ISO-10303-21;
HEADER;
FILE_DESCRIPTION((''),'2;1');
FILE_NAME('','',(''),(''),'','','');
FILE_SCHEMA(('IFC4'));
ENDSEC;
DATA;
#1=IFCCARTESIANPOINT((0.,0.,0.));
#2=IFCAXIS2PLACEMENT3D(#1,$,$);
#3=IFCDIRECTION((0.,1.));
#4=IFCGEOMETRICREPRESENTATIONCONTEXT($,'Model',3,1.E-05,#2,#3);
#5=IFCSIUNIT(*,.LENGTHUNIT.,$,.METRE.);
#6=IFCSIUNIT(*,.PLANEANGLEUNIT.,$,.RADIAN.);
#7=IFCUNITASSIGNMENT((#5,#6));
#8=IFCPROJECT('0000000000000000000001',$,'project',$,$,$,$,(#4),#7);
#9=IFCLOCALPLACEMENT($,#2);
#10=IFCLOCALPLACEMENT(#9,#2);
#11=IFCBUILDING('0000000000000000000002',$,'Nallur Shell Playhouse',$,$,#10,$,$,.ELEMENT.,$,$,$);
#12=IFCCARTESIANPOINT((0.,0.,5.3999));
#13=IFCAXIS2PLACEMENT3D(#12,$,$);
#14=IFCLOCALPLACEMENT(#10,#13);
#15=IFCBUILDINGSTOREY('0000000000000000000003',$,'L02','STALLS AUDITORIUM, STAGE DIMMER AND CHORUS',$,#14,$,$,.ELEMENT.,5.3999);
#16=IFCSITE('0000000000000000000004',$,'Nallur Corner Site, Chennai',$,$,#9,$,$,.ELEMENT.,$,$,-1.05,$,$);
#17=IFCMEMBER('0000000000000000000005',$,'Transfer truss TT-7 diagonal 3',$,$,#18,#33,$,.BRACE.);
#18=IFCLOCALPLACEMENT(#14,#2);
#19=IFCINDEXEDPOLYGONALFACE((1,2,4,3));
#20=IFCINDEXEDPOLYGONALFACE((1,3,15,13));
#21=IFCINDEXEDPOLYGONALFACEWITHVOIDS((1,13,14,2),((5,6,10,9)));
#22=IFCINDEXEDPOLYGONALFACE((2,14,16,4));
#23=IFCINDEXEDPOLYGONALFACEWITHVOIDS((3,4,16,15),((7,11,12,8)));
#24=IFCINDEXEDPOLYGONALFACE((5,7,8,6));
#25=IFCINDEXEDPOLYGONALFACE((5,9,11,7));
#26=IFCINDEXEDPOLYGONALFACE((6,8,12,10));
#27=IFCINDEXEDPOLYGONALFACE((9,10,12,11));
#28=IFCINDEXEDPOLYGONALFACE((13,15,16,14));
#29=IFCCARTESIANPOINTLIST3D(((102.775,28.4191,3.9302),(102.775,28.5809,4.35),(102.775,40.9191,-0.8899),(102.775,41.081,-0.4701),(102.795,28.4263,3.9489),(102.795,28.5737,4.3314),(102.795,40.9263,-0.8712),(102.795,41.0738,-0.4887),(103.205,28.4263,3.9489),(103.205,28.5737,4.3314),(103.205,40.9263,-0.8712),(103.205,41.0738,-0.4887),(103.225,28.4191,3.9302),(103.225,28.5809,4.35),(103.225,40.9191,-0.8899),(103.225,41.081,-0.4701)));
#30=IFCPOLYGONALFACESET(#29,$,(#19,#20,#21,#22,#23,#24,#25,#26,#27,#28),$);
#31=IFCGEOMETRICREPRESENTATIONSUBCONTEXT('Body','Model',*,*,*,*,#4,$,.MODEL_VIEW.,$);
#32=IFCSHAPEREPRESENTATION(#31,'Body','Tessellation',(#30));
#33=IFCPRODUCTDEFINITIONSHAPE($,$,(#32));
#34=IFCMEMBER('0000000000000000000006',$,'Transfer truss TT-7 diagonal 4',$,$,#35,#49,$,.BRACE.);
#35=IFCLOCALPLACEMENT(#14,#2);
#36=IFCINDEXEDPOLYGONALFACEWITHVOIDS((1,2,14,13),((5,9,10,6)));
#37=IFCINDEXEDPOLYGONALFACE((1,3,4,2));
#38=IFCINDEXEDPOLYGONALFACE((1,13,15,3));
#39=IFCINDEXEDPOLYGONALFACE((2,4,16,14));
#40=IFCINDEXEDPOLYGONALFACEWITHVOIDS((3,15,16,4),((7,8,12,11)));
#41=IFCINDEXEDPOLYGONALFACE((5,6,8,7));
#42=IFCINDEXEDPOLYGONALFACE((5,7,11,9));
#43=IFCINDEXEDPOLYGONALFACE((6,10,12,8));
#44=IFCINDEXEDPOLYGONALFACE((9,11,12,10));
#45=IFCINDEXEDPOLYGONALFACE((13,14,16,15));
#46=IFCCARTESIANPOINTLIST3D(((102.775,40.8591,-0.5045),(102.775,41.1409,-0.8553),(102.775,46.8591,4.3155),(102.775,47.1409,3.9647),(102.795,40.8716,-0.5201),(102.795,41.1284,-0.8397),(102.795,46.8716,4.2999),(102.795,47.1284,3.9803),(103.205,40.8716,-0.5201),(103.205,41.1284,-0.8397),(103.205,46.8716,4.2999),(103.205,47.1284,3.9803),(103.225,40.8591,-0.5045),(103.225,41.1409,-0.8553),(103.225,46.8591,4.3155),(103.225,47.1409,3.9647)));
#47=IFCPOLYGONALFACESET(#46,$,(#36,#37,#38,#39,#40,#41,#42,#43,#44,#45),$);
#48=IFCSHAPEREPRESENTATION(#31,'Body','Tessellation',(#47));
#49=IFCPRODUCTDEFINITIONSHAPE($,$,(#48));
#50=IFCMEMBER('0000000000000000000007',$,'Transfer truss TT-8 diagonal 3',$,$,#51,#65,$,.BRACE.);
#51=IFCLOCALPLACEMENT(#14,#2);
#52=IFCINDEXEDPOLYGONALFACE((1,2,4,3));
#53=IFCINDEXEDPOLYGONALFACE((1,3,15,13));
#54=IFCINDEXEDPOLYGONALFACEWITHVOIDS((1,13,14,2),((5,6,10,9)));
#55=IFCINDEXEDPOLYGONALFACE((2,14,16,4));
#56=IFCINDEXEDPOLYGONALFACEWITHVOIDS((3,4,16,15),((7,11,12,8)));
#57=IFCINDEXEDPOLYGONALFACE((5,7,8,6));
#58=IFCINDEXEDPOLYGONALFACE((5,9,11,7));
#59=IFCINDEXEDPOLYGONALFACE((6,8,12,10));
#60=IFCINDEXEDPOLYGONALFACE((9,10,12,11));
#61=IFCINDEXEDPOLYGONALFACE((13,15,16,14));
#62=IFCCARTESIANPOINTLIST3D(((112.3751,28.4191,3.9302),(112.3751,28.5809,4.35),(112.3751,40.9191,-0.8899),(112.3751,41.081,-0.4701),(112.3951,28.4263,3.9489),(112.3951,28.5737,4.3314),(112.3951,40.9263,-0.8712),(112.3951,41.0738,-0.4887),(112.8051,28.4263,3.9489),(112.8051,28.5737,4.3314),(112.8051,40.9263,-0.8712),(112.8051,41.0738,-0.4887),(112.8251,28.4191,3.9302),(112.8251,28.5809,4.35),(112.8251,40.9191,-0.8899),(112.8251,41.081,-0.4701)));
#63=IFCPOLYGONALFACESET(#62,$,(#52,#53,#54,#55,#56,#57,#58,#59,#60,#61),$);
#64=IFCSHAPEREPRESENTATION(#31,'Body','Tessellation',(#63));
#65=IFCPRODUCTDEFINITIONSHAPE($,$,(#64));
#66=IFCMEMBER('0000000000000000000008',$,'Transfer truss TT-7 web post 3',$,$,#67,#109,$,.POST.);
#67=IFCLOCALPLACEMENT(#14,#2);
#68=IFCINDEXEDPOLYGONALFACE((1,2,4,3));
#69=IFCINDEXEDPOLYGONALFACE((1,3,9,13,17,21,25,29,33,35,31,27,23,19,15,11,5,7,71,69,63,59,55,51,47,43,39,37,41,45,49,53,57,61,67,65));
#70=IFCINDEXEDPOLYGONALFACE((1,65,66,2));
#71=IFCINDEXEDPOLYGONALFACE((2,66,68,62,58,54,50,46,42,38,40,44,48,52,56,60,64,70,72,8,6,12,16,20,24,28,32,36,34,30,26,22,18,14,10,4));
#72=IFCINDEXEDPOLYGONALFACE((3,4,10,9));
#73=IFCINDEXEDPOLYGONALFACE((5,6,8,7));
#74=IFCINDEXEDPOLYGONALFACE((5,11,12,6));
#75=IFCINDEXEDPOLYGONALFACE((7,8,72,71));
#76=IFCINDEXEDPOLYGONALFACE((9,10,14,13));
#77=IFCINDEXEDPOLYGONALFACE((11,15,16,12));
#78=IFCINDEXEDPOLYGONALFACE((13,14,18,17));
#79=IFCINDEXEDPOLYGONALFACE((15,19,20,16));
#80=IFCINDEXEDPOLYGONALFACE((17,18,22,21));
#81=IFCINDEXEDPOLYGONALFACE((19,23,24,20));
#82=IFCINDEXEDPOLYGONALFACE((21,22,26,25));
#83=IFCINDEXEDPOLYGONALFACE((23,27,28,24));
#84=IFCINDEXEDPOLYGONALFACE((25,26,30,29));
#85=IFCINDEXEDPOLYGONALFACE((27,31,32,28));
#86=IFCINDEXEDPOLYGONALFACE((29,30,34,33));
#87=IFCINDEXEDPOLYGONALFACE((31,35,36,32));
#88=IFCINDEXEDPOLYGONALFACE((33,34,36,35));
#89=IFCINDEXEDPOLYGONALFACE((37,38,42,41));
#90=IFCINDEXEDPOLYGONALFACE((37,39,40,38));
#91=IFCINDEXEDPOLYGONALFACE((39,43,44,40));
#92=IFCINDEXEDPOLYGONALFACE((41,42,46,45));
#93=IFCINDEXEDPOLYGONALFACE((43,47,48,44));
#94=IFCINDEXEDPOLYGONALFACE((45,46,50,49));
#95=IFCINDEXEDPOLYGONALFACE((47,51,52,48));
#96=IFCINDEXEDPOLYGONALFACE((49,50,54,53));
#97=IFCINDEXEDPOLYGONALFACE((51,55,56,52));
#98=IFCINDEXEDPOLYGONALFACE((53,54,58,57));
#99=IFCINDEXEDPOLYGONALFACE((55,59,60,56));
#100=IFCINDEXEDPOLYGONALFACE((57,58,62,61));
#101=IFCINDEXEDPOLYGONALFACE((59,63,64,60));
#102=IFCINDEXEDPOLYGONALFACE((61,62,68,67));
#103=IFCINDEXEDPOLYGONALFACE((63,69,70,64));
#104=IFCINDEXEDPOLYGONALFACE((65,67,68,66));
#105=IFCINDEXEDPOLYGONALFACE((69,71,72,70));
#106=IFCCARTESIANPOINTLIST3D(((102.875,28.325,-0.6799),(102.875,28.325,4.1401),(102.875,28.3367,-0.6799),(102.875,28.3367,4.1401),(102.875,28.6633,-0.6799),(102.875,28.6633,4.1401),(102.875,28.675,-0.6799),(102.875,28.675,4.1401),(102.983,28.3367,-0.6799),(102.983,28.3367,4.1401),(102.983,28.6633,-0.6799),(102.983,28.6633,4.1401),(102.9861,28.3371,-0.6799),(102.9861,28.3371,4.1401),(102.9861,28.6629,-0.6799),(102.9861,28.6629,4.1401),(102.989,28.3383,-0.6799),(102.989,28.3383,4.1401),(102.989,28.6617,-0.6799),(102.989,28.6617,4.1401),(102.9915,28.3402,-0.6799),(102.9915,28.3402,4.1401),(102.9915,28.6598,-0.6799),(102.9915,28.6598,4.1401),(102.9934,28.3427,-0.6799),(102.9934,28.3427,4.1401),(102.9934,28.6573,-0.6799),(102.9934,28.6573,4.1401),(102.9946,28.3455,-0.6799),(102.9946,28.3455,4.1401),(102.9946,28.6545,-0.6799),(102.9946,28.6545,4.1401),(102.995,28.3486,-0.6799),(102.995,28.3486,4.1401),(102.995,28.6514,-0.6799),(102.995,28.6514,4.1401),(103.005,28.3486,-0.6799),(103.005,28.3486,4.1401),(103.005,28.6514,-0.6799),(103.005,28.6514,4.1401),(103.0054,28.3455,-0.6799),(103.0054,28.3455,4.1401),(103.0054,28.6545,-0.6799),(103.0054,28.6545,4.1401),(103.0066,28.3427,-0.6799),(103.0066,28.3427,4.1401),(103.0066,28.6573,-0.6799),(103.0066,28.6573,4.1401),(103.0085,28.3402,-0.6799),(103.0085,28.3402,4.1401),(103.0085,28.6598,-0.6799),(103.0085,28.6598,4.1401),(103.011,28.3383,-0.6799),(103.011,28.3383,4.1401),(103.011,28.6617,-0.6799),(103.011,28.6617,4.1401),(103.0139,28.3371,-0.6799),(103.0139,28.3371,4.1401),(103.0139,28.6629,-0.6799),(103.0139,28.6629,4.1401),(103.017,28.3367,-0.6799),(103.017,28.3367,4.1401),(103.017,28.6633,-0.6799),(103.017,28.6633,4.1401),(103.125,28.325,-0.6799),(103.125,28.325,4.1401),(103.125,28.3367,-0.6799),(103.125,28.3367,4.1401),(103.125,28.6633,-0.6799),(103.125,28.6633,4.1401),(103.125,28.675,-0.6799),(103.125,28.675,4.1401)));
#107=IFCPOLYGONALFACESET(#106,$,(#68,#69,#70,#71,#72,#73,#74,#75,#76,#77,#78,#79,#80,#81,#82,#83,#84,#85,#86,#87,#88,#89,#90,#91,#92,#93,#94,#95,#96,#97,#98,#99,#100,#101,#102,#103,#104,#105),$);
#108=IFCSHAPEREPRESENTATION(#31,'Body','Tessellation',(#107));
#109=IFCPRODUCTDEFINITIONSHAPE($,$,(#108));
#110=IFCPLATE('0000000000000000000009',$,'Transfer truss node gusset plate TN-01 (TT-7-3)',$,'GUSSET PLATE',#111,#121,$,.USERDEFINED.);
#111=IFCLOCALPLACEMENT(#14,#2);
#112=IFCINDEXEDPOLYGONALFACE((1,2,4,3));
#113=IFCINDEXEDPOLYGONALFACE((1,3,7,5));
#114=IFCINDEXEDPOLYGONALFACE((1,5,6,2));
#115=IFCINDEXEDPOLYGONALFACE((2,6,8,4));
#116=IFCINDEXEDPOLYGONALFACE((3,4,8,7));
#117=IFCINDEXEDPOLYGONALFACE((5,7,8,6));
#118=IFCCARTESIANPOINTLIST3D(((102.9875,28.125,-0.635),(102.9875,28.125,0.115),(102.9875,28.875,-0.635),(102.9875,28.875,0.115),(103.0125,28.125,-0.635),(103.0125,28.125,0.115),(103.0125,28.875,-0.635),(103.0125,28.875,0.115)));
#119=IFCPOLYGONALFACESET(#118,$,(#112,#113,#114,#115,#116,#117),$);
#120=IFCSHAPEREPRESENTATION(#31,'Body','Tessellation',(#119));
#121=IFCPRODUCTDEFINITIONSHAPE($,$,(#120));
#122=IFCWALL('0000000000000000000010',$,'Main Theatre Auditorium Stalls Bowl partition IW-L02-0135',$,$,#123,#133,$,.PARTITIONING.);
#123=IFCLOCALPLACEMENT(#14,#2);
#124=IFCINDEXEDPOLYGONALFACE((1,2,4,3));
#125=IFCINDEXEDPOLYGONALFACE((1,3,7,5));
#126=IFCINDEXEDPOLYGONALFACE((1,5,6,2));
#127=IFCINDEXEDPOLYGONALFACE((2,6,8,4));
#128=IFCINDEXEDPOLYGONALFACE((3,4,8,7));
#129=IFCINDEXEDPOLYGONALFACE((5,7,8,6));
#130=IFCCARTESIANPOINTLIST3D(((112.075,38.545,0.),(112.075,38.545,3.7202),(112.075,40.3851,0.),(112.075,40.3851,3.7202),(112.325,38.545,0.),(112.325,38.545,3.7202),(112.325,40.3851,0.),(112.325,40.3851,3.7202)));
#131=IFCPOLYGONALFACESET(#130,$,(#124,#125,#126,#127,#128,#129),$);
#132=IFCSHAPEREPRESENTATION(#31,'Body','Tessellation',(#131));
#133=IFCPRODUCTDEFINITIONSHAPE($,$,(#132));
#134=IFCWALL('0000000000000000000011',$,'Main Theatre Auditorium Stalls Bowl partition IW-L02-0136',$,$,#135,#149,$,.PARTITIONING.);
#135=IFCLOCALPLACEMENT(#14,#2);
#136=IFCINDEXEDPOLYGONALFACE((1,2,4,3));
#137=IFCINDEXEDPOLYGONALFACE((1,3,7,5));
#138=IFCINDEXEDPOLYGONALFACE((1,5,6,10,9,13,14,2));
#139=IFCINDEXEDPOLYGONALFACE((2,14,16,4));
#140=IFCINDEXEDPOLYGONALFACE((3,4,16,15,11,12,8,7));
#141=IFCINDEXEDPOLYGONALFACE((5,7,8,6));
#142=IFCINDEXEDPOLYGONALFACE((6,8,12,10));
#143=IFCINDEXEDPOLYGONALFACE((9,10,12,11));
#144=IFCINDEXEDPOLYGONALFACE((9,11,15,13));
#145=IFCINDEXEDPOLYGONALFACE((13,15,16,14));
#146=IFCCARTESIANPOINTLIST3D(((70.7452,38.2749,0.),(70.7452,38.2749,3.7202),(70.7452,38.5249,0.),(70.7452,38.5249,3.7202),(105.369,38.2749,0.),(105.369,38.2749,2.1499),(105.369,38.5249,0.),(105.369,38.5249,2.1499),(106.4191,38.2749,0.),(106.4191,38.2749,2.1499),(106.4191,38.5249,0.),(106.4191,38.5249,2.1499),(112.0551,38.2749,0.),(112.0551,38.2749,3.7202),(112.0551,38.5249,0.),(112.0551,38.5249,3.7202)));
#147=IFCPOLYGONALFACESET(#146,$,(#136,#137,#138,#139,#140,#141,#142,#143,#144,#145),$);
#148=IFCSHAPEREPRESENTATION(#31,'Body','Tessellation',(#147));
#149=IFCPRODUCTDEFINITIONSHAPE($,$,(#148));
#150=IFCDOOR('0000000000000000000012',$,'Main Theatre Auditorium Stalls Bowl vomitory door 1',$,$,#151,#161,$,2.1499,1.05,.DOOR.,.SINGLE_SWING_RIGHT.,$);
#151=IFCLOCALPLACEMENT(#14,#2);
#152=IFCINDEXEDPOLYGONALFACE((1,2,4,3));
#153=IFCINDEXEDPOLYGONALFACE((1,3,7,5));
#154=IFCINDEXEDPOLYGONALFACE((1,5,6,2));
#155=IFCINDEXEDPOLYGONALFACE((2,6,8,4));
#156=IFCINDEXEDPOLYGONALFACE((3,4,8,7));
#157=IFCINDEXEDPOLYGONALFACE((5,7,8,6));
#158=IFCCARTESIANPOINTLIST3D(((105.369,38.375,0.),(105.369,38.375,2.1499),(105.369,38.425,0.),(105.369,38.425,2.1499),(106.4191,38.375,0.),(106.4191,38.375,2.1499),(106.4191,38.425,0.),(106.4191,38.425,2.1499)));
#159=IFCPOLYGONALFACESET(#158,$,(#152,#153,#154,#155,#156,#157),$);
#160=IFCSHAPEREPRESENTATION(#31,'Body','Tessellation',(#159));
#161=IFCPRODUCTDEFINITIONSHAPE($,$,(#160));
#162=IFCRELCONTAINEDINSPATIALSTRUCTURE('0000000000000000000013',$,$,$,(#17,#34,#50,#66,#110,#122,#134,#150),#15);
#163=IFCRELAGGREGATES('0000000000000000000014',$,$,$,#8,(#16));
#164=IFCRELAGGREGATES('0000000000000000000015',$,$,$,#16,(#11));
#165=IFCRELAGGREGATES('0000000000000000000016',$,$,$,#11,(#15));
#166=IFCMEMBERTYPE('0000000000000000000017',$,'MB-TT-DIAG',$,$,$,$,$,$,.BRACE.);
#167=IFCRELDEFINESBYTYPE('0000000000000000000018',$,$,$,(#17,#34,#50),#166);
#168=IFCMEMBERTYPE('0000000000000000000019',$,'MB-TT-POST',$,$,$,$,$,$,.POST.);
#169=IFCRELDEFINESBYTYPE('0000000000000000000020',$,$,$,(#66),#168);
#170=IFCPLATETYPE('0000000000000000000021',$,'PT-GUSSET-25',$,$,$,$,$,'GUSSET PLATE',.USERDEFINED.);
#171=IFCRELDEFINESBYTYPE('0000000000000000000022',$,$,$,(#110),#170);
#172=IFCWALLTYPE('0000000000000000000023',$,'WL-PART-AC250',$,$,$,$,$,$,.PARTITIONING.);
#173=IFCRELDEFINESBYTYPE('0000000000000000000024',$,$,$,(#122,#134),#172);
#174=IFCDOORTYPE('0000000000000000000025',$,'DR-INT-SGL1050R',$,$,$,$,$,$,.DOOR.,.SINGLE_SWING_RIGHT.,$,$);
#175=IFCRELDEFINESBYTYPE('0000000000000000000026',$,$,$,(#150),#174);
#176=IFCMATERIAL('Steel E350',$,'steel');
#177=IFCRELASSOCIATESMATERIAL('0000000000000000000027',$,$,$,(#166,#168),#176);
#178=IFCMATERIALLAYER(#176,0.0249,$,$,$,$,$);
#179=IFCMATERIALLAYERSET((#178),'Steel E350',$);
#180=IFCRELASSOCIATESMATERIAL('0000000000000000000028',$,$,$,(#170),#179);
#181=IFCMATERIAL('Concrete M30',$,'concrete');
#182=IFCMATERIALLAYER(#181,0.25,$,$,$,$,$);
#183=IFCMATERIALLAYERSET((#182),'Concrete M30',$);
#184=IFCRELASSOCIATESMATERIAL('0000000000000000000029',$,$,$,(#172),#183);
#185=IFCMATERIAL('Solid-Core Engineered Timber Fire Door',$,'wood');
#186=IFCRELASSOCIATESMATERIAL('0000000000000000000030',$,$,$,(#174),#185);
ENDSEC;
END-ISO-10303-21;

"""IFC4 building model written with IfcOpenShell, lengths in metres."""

from ifc_helpers import new_model, si_unit, direction, frame, frame_2d, origin, origin_2d, place, context, subcontext, project, spatial, rectangle, hollow_rectangle, i_section, extrude, material, layer, layer_set, material_profile, profile_set, type_object, element, fill, save


model = new_model("IFC4")

# Units and contexts
model_context = context("Model", 3, precision=1e-05, world=origin(), true_north=direction((0.0, 1.0)))
body_context = subcontext(model_context, "Body", "Model", "MODEL_VIEW")
ifc_project = project(units=[si_unit("LENGTHUNIT", "METRE"), si_unit("PLANEANGLEUNIT", "RADIAN")], contexts=[model_context])

# Site, building, storey
site_placement = place(None, origin())
site = spatial("IfcSite", under=ifc_project, at=site_placement, Name="Nallur Corner Site, Chennai", CompositionType="ELEMENT", RefElevation=-1.05)
building_placement = place(site_placement, origin())
building = spatial("IfcBuilding", under=site, at=building_placement, Name="Nallur Shell Playhouse", CompositionType="ELEMENT")
storey_placement = place(building_placement, frame((0.0, 0.0, 5.3999)))
storey = spatial("IfcBuildingStorey", under=building, at=storey_placement, Name="L02", Description="STALLS AUDITORIUM, STAGE DIMMER AND CHORUS", CompositionType="ELEMENT", Elevation=5.3999)

# Shared definitions
ifc_material_1 = material(Name="Steel E350", Category="steel")

# Members
ifc_material_profile_1 = material_profile(ifc_material_1, hollow_rectangle(XDim=0.45, YDim=0.45, WallThickness=0.02, at=origin_2d()), Name="BOX 450x450x20")
ifc_profile_set_1 = profile_set([ifc_material_profile_1], Name="Steel E350")
member_type_1 = type_object("IfcMemberType", Name="MB-TT-DIAG", PredefinedType="BRACE", material=ifc_profile_set_1)
member_1_placement = place(storey_placement, frame((103.0, 28.5, 4.1401), z_axis=(0.0, 0.933036, -0.359784), x_axis=(-1.0, 0.0, 0.0)))
element("IfcMember", 1, at=member_1_placement, inside=storey, type_object=member_type_1, Name="Transfer truss TT-7 diagonal 3", PredefinedType="BRACE", context=body_context, shape_type="SweptSolid", body=[
    extrude(hollow_rectangle(XDim=0.45, YDim=0.45, WallThickness=0.02, at=origin_2d()), origin(), (0.0, 0.0, 1.0), 13.3972),
])
member_2_placement = place(storey_placement, frame((103.0, 41.0, -0.6799), z_axis=(0.0, 0.779595, 0.626284), x_axis=(-1.0, 0.0, 0.0)))
element("IfcMember", 2, at=member_2_placement, inside=storey, type_object=member_type_1, Name="Transfer truss TT-7 diagonal 4", PredefinedType="BRACE", context=body_context, shape_type="SweptSolid", body=[
    extrude(hollow_rectangle(XDim=0.45, YDim=0.45, WallThickness=0.02, at=origin_2d()), origin(), (0.0, 0.0, 1.0), 7.6963),
])
member_3_placement = place(storey_placement, frame((112.6001, 28.5, 4.1401), z_axis=(0.0, 0.933036, -0.359784), x_axis=(-1.0, 0.0, 0.0)))
element("IfcMember", 3, at=member_3_placement, inside=storey, type_object=member_type_1, Name="Transfer truss TT-8 diagonal 3", PredefinedType="BRACE", context=body_context, shape_type="SweptSolid", body=[
    extrude(hollow_rectangle(XDim=0.45, YDim=0.45, WallThickness=0.02, at=origin_2d()), origin(), (0.0, 0.0, 1.0), 13.3972),
])
ifc_material_profile_2 = material_profile(ifc_material_1, i_section(OverallWidth=0.25, OverallDepth=0.3501, WebThickness=0.01, FlangeThickness=0.0117, FilletRadius=0.012, at=origin_2d()), Name="ISHB 350")
ifc_profile_set_2 = profile_set([ifc_material_profile_2], Name="Steel E350")
member_type_2 = type_object("IfcMemberType", Name="MB-TT-POST", PredefinedType="POST", material=ifc_profile_set_2)
member_4_placement = place(storey_placement, frame((103.0, 28.5, -0.6799), z_axis=(0.0, 0.0, 1.0), x_axis=(1.0, 0.0, 0.0)))
element("IfcMember", 4, at=member_4_placement, inside=storey, type_object=member_type_2, Name="Transfer truss TT-7 web post 3", PredefinedType="POST", context=body_context, shape_type="SweptSolid", body=[
    extrude(i_section(OverallWidth=0.25, OverallDepth=0.3501, WebThickness=0.01, FlangeThickness=0.0117, FilletRadius=0.012, at=origin_2d()), origin(), (0.0, 0.0, 1.0), 4.8201),
])

# Plate
ifc_layer_1 = layer(ifc_material_1, 0.0249)
ifc_layer_set_1 = layer_set([ifc_layer_1], Name="Steel E350")
plate_type = type_object("IfcPlateType", Name="PT-GUSSET-25", ElementType="GUSSET PLATE", PredefinedType="USERDEFINED", material=ifc_layer_set_1)
plate_placement = place(storey_placement, frame((103.0, 28.5, -0.635), z_axis=(0.0, 0.0, 1.0), x_axis=(1.0, 0.0, 0.0)))
element("IfcPlate", 5, at=plate_placement, inside=storey, type_object=plate_type, Name="Transfer truss node gusset plate TN-01 (TT-7-3)", ObjectType="GUSSET PLATE", PredefinedType="USERDEFINED", context=body_context, shape_type="SweptSolid", body=[
    extrude(rectangle(XDim=0.0249, YDim=0.75, at=origin_2d()), origin(), (0.0, 0.0, 1.0), 0.75),
])

# Wall
ifc_material_2 = material(Name="Concrete M30", Category="concrete")
ifc_layer_2 = layer(ifc_material_2, 0.25)
ifc_layer_set_2 = layer_set([ifc_layer_2], Name="Concrete M30")
wall_type = type_object("IfcWallType", Name="WL-PART-AC250", PredefinedType="PARTITIONING", material=ifc_layer_set_2)
wall_1_placement = place(storey_placement, frame((112.2, 40.385, 0.0), z_axis=(0.0, 0.0, 1.0), x_axis=(0.0, -1.0, 0.0)))
element("IfcWall", 6, at=wall_1_placement, inside=storey, type_object=wall_type, Name="Main Theatre Auditorium Stalls Bowl partition IW-L02-0135", PredefinedType="PARTITIONING", context=body_context, shape_type="SweptSolid", body=[
    extrude(rectangle(XDim=1.8401, YDim=0.25, at=frame_2d((0.9199, 0.0))), origin(), (0.0, 0.0, 1.0), 3.7202),
])

# Wall, opening, door
wall_2_placement = place(storey_placement, frame((112.0549, 38.3999, 0.0), z_axis=(0.0, 0.0, 1.0), x_axis=(-1.0, 0.0, 0.0)))
wall_2 = element("IfcWall", 7, at=wall_2_placement, inside=storey, type_object=wall_type, Name="Main Theatre Auditorium Stalls Bowl partition IW-L02-0136", PredefinedType="PARTITIONING", context=body_context, shape_type="SweptSolid", body=[
    extrude(rectangle(XDim=41.3098, YDim=0.25, at=frame_2d((20.6548, 0.0))), origin(), (0.0, 0.0, 1.0), 3.7202),
])
opening_placement = place(wall_2_placement, frame((5.636, 0.0, 0.0)))
opening = element("IfcOpeningElement", 8, at=opening_placement, cuts=wall_2, PredefinedType="OPENING", context=body_context, shape_type="SweptSolid", body=[
    extrude(rectangle(XDim=1.05, YDim=2.1499, at=frame_2d((0.5249, 1.075))), frame((0.0, 0.135, 0.0), z_axis=(0.0, -1.0, 0.0), x_axis=(1.0, 0.0, 0.0)), (0.0, 0.0, 1.0), 0.27),
])
ifc_material_3 = material(Name="Solid-Core Engineered Timber Fire Door", Category="wood")
door_type = type_object("IfcDoorType", Name="DR-INT-SGL1050R", OperationType="SINGLE_SWING_RIGHT", PredefinedType="DOOR", material=ifc_material_3)
door_placement = place(opening_placement, origin())
door = element("IfcDoor", 9, at=door_placement, inside=storey, type_object=door_type, Name="Main Theatre Auditorium Stalls Bowl vomitory door 1", OperationType="SINGLE_SWING_RIGHT", OverallHeight=2.1499, OverallWidth=1.05, PredefinedType="DOOR", context=body_context, shape_type="SweptSolid", body=[
    extrude(rectangle(XDim=1.05, YDim=2.1499, at=frame_2d((0.5249, 1.075))), frame((0.0, 0.0249, 0.0), z_axis=(0.0, -1.0, 0.0), x_axis=(1.0, 0.0, 0.0)), (0.0, 0.0, 1.0), 0.05),
])
fill(opening, door)

save(model, "model.ifc")
